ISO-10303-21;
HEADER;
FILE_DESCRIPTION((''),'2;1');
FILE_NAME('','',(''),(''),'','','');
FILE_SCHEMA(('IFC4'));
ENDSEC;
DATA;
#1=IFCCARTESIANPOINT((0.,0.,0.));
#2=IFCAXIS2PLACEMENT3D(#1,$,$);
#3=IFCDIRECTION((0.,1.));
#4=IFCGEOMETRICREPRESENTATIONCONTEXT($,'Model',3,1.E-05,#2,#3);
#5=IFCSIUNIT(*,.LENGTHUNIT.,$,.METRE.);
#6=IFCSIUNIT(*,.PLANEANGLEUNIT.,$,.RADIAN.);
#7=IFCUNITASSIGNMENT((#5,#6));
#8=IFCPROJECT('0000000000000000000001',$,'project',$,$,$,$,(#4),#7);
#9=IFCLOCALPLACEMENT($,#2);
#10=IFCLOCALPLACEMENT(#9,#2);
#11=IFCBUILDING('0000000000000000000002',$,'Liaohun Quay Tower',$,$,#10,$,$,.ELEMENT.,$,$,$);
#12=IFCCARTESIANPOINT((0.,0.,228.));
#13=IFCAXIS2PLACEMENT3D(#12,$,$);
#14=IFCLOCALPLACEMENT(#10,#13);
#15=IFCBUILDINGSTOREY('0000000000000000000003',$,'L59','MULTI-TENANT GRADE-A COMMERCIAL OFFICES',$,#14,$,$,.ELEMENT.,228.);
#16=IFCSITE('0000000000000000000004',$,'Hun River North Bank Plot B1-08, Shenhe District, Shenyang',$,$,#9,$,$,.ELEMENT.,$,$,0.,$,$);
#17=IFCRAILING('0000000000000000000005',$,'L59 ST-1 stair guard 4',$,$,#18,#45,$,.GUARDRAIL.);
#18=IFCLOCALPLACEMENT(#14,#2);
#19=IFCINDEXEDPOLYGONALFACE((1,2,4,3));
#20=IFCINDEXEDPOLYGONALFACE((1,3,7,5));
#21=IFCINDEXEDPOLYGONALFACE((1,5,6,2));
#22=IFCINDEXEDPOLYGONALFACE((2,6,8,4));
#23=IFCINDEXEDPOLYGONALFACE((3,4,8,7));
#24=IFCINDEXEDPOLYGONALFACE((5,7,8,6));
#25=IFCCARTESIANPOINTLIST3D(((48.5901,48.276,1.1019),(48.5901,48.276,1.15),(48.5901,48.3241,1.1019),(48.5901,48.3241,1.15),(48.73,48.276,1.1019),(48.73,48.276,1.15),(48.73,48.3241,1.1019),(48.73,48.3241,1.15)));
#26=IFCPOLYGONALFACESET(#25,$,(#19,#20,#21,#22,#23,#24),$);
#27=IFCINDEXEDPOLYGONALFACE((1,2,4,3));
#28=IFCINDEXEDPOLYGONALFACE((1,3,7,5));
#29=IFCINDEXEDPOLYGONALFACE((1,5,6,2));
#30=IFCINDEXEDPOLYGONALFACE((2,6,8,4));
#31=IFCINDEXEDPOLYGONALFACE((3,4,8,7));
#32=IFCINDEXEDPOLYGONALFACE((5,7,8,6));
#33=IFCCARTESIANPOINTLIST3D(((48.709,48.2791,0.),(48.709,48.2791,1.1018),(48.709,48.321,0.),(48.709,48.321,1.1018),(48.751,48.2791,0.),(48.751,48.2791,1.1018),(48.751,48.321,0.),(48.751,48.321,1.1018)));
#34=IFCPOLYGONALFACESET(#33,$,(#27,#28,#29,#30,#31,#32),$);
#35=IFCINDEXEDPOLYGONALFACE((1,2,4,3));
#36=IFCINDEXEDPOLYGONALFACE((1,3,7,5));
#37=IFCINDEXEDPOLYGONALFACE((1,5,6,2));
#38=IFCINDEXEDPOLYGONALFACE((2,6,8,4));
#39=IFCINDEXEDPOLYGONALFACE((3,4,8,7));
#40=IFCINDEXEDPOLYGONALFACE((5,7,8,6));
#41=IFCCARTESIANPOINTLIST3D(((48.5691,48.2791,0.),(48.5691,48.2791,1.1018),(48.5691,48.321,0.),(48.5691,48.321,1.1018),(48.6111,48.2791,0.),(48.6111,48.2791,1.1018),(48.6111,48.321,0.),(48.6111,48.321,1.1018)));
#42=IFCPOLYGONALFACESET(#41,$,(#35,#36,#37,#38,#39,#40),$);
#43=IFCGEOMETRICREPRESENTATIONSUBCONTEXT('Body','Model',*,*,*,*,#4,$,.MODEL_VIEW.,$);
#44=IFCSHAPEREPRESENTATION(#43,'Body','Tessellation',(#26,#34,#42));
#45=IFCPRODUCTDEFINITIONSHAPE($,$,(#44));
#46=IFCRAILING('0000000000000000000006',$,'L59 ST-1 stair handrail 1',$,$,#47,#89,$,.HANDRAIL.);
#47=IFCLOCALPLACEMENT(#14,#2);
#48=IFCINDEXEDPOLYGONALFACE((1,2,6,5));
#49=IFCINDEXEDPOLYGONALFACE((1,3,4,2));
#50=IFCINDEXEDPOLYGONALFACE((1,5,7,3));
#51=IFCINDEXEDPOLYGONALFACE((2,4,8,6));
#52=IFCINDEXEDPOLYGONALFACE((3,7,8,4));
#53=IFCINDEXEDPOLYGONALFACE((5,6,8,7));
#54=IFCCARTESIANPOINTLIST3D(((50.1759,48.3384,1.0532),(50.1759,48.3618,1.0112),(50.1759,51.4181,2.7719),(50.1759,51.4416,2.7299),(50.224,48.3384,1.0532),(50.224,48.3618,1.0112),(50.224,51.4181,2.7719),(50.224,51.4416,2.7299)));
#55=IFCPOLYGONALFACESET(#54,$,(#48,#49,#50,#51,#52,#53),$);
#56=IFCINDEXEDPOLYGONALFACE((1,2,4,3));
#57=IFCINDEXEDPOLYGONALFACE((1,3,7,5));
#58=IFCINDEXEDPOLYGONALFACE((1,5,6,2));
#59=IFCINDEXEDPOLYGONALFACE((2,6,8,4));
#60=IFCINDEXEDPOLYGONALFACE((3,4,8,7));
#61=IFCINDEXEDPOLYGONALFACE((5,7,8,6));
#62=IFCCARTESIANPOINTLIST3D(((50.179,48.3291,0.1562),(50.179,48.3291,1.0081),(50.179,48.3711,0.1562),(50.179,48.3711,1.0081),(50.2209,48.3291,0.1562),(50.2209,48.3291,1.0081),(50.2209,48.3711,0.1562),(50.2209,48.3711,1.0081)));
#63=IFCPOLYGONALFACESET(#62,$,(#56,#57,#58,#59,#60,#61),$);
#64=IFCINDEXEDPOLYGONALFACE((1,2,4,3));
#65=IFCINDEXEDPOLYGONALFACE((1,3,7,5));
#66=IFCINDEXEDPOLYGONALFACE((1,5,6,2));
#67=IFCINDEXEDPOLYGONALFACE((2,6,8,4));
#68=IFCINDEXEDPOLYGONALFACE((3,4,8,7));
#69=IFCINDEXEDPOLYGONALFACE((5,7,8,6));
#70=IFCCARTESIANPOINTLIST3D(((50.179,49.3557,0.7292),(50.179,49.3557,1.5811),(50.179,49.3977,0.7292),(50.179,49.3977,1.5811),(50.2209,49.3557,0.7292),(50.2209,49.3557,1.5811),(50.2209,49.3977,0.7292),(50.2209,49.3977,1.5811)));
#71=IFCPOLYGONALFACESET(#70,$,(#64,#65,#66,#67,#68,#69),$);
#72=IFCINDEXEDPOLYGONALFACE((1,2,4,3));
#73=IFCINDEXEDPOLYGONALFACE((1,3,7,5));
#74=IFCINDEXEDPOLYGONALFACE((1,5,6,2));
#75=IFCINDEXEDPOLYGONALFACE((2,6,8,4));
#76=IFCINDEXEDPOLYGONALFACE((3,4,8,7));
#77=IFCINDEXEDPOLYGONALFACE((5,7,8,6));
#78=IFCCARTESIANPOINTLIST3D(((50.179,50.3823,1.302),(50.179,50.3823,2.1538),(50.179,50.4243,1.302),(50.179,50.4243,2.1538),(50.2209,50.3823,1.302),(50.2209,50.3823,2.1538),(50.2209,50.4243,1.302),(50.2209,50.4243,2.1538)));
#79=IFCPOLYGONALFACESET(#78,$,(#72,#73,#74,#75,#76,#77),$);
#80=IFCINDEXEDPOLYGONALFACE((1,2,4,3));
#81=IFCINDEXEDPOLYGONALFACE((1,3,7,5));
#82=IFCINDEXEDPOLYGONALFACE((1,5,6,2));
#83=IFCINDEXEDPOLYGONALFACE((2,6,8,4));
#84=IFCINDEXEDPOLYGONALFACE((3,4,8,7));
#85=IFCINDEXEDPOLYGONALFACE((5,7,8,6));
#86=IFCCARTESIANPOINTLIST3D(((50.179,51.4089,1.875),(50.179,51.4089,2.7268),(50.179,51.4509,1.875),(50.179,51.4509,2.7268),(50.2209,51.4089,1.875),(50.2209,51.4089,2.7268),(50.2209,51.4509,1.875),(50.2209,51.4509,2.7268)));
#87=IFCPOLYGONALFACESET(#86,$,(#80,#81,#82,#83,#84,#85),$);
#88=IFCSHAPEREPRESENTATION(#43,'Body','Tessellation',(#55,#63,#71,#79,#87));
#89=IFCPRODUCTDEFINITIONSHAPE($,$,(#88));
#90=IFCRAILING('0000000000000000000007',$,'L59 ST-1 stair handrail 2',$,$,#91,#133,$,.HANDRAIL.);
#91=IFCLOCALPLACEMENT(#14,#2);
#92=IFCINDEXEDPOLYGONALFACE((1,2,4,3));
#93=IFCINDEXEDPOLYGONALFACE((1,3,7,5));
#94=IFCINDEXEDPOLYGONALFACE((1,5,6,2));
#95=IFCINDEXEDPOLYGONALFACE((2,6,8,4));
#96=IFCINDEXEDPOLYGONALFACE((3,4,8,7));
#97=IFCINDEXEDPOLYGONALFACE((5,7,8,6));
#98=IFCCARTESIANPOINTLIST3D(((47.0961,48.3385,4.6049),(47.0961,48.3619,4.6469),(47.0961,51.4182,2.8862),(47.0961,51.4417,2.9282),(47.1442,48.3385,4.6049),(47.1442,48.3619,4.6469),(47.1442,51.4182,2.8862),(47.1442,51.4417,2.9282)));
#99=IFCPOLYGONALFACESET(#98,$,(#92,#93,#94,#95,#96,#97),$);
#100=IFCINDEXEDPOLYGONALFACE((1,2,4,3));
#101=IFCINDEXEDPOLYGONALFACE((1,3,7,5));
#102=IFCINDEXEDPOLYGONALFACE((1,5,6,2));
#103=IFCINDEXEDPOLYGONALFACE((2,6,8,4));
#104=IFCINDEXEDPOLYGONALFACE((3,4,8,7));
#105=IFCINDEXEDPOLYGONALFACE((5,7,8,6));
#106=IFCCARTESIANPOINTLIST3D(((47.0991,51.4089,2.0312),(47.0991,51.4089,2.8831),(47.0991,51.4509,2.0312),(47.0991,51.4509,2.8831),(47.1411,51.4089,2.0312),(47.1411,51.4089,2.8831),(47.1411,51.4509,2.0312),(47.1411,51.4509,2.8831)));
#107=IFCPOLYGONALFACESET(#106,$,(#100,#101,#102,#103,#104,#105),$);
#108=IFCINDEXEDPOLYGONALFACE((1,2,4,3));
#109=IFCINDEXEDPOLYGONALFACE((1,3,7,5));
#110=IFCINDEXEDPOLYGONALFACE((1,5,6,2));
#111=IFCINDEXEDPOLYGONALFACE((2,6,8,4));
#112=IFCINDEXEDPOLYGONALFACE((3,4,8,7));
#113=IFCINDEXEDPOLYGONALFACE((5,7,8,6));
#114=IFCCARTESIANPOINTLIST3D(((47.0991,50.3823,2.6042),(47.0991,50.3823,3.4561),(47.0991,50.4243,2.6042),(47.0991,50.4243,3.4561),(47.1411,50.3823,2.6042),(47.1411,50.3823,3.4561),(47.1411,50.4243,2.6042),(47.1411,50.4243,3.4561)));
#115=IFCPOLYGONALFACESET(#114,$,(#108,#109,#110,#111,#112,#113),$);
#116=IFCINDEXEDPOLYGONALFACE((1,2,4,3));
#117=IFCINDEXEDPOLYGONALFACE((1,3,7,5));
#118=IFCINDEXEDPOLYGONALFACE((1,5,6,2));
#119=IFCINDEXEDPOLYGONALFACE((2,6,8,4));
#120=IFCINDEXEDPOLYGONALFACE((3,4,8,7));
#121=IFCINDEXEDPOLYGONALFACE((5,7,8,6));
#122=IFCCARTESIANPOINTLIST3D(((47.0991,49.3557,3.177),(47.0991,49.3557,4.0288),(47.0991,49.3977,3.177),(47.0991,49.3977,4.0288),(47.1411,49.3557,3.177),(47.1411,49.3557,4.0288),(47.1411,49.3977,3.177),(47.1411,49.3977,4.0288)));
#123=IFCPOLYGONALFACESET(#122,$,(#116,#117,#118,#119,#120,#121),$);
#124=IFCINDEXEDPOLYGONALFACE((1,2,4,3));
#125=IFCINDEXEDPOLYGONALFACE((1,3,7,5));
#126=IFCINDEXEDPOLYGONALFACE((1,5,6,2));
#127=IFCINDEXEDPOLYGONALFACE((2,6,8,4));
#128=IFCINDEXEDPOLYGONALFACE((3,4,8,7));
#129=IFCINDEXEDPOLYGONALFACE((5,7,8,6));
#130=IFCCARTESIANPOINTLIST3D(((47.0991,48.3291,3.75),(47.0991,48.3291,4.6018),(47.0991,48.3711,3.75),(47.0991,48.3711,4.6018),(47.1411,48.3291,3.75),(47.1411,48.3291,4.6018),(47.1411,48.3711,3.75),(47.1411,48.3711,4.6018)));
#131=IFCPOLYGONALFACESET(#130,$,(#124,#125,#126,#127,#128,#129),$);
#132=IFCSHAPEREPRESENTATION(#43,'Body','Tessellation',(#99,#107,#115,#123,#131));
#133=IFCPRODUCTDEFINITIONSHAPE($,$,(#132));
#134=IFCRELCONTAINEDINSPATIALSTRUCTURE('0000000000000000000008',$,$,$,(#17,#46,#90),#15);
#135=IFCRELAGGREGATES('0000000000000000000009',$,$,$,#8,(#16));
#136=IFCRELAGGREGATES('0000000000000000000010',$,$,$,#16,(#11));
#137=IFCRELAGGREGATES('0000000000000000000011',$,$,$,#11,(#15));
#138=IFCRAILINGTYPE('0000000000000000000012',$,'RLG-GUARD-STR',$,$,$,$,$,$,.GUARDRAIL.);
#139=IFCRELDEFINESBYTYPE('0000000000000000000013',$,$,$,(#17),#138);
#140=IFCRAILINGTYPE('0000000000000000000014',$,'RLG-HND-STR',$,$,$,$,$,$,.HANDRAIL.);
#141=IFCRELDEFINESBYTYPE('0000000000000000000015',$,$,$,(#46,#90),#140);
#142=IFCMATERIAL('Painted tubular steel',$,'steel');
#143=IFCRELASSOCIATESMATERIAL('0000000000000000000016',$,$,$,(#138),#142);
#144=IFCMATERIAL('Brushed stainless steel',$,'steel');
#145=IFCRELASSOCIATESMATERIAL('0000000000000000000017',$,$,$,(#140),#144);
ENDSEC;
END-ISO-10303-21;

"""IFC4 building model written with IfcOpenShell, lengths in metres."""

from ifc_helpers import new_model, si_unit, direction, frame, origin, origin_2d, place, context, subcontext, project, spatial, rectangle, extrude, material, type_object, element, save


model = new_model("IFC4")

# Units and contexts
model_context = context("Model", 3, precision=1e-05, world=origin(), true_north=direction((0.0, 1.0)))
body_context = subcontext(model_context, "Body", "Model", "MODEL_VIEW")
ifc_project = project(units=[si_unit("LENGTHUNIT", "METRE"), si_unit("PLANEANGLEUNIT", "RADIAN")], contexts=[model_context])

# Site, building, storey
site_placement = place(None, origin())
site = spatial("IfcSite", under=ifc_project, at=site_placement, Name="Hun River North Bank Plot B1-08, Shenhe District, Shenyang", CompositionType="ELEMENT", RefElevation=0.0)
building_placement = place(site_placement, origin())
building = spatial("IfcBuilding", under=site, at=building_placement, Name="Liaohun Quay Tower", CompositionType="ELEMENT")
storey_placement = place(building_placement, frame((0.0, 0.0, 228.0)))
storey = spatial("IfcBuildingStorey", under=building, at=storey_placement, Name="L59", Description="MULTI-TENANT GRADE-A COMMERCIAL OFFICES", CompositionType="ELEMENT", Elevation=228.0)

# Railings
ifc_material_1 = material(Name="Painted tubular steel", Category="steel")
railing_type_1 = type_object("IfcRailingType", Name="RLG-GUARD-STR", PredefinedType="GUARDRAIL", material=ifc_material_1)
railing_1_placement = place(storey_placement, frame((48.73, 48.3, 0.0)))
element("IfcRailing", 1, at=railing_1_placement, inside=storey, type_object=railing_type_1, Name="L59 ST-1 stair guard 4", PredefinedType="GUARDRAIL", context=body_context, shape_type="SweptSolid", body=[
    extrude(rectangle(XDim=0.0481, YDim=0.0481, at=origin_2d()), frame((0.0, 0.0, 1.126), z_axis=(-1.0, 0.0, 0.0), x_axis=(0.0, -1.0, 0.0)), (0.0, 0.0, 1.0), 0.1399),
    extrude(rectangle(XDim=0.042, YDim=0.042, at=origin_2d()), origin(), (0.0, 0.0, 1.0), 1.1018),
    extrude(rectangle(XDim=0.042, YDim=0.042, at=origin_2d()), frame((-0.1399, 0.0, 0.0)), (0.0, 0.0, 1.0), 1.1018),
])
ifc_material_2 = material(Name="Brushed stainless steel", Category="steel")
railing_type_2 = type_object("IfcRailingType", Name="RLG-HND-STR", PredefinedType="HANDRAIL", material=ifc_material_2)
railing_2_placement = place(storey_placement, frame((50.2, 48.3501, 0.1562)))
element("IfcRailing", 2, at=railing_2_placement, inside=storey, type_object=railing_type_2, Name="L59 ST-1 stair handrail 1", PredefinedType="HANDRAIL", context=body_context, shape_type="SweptSolid", body=[
    extrude(rectangle(XDim=0.0481, YDim=0.0481, at=origin_2d()), frame((0.0, 0.0, 0.876), z_axis=(0.0, 0.873225, 0.487317), x_axis=(-1.0, 0.0, 0.0)), (0.0, 0.0, 1.0), 3.5269),
    extrude(rectangle(XDim=0.042, YDim=0.042, at=origin_2d()), origin(), (0.0, 0.0, 1.0), 0.8518),
    extrude(rectangle(XDim=0.042, YDim=0.042, at=origin_2d()), frame((0.0, 1.0266, 0.573)), (0.0, 0.0, 1.0), 0.8518),
    extrude(rectangle(XDim=0.042, YDim=0.042, at=origin_2d()), frame((0.0, 2.0532, 1.1458)), (0.0, 0.0, 1.0), 0.8518),
    extrude(rectangle(XDim=0.042, YDim=0.042, at=origin_2d()), frame((0.0, 3.0798, 1.7188)), (0.0, 0.0, 1.0), 0.8518),
])
railing_3_placement = place(storey_placement, frame((47.1201, 51.4299, 2.0312)))
element("IfcRailing", 3, at=railing_3_placement, inside=storey, type_object=railing_type_2, Name="L59 ST-1 stair handrail 2", PredefinedType="HANDRAIL", context=body_context, shape_type="SweptSolid", body=[
    extrude(rectangle(XDim=0.0481, YDim=0.0481, at=origin_2d()), frame((0.0, 0.0, 0.876), z_axis=(0.0, -0.873225, 0.487317), x_axis=(1.0, 0.0, 0.0)), (0.0, 0.0, 1.0), 3.5269),
    extrude(rectangle(XDim=0.042, YDim=0.042, at=origin_2d()), origin(), (0.0, 0.0, 1.0), 0.8518),
    extrude(rectangle(XDim=0.042, YDim=0.042, at=origin_2d()), frame((0.0, -1.0266, 0.573)), (0.0, 0.0, 1.0), 0.8518),
    extrude(rectangle(XDim=0.042, YDim=0.042, at=origin_2d()), frame((0.0, -2.0532, 1.1458)), (0.0, 0.0, 1.0), 0.8518),
    extrude(rectangle(XDim=0.042, YDim=0.042, at=origin_2d()), frame((0.0, -3.0798, 1.7188)), (0.0, 0.0, 1.0), 0.8518),
])

save(model, "model.ifc")
